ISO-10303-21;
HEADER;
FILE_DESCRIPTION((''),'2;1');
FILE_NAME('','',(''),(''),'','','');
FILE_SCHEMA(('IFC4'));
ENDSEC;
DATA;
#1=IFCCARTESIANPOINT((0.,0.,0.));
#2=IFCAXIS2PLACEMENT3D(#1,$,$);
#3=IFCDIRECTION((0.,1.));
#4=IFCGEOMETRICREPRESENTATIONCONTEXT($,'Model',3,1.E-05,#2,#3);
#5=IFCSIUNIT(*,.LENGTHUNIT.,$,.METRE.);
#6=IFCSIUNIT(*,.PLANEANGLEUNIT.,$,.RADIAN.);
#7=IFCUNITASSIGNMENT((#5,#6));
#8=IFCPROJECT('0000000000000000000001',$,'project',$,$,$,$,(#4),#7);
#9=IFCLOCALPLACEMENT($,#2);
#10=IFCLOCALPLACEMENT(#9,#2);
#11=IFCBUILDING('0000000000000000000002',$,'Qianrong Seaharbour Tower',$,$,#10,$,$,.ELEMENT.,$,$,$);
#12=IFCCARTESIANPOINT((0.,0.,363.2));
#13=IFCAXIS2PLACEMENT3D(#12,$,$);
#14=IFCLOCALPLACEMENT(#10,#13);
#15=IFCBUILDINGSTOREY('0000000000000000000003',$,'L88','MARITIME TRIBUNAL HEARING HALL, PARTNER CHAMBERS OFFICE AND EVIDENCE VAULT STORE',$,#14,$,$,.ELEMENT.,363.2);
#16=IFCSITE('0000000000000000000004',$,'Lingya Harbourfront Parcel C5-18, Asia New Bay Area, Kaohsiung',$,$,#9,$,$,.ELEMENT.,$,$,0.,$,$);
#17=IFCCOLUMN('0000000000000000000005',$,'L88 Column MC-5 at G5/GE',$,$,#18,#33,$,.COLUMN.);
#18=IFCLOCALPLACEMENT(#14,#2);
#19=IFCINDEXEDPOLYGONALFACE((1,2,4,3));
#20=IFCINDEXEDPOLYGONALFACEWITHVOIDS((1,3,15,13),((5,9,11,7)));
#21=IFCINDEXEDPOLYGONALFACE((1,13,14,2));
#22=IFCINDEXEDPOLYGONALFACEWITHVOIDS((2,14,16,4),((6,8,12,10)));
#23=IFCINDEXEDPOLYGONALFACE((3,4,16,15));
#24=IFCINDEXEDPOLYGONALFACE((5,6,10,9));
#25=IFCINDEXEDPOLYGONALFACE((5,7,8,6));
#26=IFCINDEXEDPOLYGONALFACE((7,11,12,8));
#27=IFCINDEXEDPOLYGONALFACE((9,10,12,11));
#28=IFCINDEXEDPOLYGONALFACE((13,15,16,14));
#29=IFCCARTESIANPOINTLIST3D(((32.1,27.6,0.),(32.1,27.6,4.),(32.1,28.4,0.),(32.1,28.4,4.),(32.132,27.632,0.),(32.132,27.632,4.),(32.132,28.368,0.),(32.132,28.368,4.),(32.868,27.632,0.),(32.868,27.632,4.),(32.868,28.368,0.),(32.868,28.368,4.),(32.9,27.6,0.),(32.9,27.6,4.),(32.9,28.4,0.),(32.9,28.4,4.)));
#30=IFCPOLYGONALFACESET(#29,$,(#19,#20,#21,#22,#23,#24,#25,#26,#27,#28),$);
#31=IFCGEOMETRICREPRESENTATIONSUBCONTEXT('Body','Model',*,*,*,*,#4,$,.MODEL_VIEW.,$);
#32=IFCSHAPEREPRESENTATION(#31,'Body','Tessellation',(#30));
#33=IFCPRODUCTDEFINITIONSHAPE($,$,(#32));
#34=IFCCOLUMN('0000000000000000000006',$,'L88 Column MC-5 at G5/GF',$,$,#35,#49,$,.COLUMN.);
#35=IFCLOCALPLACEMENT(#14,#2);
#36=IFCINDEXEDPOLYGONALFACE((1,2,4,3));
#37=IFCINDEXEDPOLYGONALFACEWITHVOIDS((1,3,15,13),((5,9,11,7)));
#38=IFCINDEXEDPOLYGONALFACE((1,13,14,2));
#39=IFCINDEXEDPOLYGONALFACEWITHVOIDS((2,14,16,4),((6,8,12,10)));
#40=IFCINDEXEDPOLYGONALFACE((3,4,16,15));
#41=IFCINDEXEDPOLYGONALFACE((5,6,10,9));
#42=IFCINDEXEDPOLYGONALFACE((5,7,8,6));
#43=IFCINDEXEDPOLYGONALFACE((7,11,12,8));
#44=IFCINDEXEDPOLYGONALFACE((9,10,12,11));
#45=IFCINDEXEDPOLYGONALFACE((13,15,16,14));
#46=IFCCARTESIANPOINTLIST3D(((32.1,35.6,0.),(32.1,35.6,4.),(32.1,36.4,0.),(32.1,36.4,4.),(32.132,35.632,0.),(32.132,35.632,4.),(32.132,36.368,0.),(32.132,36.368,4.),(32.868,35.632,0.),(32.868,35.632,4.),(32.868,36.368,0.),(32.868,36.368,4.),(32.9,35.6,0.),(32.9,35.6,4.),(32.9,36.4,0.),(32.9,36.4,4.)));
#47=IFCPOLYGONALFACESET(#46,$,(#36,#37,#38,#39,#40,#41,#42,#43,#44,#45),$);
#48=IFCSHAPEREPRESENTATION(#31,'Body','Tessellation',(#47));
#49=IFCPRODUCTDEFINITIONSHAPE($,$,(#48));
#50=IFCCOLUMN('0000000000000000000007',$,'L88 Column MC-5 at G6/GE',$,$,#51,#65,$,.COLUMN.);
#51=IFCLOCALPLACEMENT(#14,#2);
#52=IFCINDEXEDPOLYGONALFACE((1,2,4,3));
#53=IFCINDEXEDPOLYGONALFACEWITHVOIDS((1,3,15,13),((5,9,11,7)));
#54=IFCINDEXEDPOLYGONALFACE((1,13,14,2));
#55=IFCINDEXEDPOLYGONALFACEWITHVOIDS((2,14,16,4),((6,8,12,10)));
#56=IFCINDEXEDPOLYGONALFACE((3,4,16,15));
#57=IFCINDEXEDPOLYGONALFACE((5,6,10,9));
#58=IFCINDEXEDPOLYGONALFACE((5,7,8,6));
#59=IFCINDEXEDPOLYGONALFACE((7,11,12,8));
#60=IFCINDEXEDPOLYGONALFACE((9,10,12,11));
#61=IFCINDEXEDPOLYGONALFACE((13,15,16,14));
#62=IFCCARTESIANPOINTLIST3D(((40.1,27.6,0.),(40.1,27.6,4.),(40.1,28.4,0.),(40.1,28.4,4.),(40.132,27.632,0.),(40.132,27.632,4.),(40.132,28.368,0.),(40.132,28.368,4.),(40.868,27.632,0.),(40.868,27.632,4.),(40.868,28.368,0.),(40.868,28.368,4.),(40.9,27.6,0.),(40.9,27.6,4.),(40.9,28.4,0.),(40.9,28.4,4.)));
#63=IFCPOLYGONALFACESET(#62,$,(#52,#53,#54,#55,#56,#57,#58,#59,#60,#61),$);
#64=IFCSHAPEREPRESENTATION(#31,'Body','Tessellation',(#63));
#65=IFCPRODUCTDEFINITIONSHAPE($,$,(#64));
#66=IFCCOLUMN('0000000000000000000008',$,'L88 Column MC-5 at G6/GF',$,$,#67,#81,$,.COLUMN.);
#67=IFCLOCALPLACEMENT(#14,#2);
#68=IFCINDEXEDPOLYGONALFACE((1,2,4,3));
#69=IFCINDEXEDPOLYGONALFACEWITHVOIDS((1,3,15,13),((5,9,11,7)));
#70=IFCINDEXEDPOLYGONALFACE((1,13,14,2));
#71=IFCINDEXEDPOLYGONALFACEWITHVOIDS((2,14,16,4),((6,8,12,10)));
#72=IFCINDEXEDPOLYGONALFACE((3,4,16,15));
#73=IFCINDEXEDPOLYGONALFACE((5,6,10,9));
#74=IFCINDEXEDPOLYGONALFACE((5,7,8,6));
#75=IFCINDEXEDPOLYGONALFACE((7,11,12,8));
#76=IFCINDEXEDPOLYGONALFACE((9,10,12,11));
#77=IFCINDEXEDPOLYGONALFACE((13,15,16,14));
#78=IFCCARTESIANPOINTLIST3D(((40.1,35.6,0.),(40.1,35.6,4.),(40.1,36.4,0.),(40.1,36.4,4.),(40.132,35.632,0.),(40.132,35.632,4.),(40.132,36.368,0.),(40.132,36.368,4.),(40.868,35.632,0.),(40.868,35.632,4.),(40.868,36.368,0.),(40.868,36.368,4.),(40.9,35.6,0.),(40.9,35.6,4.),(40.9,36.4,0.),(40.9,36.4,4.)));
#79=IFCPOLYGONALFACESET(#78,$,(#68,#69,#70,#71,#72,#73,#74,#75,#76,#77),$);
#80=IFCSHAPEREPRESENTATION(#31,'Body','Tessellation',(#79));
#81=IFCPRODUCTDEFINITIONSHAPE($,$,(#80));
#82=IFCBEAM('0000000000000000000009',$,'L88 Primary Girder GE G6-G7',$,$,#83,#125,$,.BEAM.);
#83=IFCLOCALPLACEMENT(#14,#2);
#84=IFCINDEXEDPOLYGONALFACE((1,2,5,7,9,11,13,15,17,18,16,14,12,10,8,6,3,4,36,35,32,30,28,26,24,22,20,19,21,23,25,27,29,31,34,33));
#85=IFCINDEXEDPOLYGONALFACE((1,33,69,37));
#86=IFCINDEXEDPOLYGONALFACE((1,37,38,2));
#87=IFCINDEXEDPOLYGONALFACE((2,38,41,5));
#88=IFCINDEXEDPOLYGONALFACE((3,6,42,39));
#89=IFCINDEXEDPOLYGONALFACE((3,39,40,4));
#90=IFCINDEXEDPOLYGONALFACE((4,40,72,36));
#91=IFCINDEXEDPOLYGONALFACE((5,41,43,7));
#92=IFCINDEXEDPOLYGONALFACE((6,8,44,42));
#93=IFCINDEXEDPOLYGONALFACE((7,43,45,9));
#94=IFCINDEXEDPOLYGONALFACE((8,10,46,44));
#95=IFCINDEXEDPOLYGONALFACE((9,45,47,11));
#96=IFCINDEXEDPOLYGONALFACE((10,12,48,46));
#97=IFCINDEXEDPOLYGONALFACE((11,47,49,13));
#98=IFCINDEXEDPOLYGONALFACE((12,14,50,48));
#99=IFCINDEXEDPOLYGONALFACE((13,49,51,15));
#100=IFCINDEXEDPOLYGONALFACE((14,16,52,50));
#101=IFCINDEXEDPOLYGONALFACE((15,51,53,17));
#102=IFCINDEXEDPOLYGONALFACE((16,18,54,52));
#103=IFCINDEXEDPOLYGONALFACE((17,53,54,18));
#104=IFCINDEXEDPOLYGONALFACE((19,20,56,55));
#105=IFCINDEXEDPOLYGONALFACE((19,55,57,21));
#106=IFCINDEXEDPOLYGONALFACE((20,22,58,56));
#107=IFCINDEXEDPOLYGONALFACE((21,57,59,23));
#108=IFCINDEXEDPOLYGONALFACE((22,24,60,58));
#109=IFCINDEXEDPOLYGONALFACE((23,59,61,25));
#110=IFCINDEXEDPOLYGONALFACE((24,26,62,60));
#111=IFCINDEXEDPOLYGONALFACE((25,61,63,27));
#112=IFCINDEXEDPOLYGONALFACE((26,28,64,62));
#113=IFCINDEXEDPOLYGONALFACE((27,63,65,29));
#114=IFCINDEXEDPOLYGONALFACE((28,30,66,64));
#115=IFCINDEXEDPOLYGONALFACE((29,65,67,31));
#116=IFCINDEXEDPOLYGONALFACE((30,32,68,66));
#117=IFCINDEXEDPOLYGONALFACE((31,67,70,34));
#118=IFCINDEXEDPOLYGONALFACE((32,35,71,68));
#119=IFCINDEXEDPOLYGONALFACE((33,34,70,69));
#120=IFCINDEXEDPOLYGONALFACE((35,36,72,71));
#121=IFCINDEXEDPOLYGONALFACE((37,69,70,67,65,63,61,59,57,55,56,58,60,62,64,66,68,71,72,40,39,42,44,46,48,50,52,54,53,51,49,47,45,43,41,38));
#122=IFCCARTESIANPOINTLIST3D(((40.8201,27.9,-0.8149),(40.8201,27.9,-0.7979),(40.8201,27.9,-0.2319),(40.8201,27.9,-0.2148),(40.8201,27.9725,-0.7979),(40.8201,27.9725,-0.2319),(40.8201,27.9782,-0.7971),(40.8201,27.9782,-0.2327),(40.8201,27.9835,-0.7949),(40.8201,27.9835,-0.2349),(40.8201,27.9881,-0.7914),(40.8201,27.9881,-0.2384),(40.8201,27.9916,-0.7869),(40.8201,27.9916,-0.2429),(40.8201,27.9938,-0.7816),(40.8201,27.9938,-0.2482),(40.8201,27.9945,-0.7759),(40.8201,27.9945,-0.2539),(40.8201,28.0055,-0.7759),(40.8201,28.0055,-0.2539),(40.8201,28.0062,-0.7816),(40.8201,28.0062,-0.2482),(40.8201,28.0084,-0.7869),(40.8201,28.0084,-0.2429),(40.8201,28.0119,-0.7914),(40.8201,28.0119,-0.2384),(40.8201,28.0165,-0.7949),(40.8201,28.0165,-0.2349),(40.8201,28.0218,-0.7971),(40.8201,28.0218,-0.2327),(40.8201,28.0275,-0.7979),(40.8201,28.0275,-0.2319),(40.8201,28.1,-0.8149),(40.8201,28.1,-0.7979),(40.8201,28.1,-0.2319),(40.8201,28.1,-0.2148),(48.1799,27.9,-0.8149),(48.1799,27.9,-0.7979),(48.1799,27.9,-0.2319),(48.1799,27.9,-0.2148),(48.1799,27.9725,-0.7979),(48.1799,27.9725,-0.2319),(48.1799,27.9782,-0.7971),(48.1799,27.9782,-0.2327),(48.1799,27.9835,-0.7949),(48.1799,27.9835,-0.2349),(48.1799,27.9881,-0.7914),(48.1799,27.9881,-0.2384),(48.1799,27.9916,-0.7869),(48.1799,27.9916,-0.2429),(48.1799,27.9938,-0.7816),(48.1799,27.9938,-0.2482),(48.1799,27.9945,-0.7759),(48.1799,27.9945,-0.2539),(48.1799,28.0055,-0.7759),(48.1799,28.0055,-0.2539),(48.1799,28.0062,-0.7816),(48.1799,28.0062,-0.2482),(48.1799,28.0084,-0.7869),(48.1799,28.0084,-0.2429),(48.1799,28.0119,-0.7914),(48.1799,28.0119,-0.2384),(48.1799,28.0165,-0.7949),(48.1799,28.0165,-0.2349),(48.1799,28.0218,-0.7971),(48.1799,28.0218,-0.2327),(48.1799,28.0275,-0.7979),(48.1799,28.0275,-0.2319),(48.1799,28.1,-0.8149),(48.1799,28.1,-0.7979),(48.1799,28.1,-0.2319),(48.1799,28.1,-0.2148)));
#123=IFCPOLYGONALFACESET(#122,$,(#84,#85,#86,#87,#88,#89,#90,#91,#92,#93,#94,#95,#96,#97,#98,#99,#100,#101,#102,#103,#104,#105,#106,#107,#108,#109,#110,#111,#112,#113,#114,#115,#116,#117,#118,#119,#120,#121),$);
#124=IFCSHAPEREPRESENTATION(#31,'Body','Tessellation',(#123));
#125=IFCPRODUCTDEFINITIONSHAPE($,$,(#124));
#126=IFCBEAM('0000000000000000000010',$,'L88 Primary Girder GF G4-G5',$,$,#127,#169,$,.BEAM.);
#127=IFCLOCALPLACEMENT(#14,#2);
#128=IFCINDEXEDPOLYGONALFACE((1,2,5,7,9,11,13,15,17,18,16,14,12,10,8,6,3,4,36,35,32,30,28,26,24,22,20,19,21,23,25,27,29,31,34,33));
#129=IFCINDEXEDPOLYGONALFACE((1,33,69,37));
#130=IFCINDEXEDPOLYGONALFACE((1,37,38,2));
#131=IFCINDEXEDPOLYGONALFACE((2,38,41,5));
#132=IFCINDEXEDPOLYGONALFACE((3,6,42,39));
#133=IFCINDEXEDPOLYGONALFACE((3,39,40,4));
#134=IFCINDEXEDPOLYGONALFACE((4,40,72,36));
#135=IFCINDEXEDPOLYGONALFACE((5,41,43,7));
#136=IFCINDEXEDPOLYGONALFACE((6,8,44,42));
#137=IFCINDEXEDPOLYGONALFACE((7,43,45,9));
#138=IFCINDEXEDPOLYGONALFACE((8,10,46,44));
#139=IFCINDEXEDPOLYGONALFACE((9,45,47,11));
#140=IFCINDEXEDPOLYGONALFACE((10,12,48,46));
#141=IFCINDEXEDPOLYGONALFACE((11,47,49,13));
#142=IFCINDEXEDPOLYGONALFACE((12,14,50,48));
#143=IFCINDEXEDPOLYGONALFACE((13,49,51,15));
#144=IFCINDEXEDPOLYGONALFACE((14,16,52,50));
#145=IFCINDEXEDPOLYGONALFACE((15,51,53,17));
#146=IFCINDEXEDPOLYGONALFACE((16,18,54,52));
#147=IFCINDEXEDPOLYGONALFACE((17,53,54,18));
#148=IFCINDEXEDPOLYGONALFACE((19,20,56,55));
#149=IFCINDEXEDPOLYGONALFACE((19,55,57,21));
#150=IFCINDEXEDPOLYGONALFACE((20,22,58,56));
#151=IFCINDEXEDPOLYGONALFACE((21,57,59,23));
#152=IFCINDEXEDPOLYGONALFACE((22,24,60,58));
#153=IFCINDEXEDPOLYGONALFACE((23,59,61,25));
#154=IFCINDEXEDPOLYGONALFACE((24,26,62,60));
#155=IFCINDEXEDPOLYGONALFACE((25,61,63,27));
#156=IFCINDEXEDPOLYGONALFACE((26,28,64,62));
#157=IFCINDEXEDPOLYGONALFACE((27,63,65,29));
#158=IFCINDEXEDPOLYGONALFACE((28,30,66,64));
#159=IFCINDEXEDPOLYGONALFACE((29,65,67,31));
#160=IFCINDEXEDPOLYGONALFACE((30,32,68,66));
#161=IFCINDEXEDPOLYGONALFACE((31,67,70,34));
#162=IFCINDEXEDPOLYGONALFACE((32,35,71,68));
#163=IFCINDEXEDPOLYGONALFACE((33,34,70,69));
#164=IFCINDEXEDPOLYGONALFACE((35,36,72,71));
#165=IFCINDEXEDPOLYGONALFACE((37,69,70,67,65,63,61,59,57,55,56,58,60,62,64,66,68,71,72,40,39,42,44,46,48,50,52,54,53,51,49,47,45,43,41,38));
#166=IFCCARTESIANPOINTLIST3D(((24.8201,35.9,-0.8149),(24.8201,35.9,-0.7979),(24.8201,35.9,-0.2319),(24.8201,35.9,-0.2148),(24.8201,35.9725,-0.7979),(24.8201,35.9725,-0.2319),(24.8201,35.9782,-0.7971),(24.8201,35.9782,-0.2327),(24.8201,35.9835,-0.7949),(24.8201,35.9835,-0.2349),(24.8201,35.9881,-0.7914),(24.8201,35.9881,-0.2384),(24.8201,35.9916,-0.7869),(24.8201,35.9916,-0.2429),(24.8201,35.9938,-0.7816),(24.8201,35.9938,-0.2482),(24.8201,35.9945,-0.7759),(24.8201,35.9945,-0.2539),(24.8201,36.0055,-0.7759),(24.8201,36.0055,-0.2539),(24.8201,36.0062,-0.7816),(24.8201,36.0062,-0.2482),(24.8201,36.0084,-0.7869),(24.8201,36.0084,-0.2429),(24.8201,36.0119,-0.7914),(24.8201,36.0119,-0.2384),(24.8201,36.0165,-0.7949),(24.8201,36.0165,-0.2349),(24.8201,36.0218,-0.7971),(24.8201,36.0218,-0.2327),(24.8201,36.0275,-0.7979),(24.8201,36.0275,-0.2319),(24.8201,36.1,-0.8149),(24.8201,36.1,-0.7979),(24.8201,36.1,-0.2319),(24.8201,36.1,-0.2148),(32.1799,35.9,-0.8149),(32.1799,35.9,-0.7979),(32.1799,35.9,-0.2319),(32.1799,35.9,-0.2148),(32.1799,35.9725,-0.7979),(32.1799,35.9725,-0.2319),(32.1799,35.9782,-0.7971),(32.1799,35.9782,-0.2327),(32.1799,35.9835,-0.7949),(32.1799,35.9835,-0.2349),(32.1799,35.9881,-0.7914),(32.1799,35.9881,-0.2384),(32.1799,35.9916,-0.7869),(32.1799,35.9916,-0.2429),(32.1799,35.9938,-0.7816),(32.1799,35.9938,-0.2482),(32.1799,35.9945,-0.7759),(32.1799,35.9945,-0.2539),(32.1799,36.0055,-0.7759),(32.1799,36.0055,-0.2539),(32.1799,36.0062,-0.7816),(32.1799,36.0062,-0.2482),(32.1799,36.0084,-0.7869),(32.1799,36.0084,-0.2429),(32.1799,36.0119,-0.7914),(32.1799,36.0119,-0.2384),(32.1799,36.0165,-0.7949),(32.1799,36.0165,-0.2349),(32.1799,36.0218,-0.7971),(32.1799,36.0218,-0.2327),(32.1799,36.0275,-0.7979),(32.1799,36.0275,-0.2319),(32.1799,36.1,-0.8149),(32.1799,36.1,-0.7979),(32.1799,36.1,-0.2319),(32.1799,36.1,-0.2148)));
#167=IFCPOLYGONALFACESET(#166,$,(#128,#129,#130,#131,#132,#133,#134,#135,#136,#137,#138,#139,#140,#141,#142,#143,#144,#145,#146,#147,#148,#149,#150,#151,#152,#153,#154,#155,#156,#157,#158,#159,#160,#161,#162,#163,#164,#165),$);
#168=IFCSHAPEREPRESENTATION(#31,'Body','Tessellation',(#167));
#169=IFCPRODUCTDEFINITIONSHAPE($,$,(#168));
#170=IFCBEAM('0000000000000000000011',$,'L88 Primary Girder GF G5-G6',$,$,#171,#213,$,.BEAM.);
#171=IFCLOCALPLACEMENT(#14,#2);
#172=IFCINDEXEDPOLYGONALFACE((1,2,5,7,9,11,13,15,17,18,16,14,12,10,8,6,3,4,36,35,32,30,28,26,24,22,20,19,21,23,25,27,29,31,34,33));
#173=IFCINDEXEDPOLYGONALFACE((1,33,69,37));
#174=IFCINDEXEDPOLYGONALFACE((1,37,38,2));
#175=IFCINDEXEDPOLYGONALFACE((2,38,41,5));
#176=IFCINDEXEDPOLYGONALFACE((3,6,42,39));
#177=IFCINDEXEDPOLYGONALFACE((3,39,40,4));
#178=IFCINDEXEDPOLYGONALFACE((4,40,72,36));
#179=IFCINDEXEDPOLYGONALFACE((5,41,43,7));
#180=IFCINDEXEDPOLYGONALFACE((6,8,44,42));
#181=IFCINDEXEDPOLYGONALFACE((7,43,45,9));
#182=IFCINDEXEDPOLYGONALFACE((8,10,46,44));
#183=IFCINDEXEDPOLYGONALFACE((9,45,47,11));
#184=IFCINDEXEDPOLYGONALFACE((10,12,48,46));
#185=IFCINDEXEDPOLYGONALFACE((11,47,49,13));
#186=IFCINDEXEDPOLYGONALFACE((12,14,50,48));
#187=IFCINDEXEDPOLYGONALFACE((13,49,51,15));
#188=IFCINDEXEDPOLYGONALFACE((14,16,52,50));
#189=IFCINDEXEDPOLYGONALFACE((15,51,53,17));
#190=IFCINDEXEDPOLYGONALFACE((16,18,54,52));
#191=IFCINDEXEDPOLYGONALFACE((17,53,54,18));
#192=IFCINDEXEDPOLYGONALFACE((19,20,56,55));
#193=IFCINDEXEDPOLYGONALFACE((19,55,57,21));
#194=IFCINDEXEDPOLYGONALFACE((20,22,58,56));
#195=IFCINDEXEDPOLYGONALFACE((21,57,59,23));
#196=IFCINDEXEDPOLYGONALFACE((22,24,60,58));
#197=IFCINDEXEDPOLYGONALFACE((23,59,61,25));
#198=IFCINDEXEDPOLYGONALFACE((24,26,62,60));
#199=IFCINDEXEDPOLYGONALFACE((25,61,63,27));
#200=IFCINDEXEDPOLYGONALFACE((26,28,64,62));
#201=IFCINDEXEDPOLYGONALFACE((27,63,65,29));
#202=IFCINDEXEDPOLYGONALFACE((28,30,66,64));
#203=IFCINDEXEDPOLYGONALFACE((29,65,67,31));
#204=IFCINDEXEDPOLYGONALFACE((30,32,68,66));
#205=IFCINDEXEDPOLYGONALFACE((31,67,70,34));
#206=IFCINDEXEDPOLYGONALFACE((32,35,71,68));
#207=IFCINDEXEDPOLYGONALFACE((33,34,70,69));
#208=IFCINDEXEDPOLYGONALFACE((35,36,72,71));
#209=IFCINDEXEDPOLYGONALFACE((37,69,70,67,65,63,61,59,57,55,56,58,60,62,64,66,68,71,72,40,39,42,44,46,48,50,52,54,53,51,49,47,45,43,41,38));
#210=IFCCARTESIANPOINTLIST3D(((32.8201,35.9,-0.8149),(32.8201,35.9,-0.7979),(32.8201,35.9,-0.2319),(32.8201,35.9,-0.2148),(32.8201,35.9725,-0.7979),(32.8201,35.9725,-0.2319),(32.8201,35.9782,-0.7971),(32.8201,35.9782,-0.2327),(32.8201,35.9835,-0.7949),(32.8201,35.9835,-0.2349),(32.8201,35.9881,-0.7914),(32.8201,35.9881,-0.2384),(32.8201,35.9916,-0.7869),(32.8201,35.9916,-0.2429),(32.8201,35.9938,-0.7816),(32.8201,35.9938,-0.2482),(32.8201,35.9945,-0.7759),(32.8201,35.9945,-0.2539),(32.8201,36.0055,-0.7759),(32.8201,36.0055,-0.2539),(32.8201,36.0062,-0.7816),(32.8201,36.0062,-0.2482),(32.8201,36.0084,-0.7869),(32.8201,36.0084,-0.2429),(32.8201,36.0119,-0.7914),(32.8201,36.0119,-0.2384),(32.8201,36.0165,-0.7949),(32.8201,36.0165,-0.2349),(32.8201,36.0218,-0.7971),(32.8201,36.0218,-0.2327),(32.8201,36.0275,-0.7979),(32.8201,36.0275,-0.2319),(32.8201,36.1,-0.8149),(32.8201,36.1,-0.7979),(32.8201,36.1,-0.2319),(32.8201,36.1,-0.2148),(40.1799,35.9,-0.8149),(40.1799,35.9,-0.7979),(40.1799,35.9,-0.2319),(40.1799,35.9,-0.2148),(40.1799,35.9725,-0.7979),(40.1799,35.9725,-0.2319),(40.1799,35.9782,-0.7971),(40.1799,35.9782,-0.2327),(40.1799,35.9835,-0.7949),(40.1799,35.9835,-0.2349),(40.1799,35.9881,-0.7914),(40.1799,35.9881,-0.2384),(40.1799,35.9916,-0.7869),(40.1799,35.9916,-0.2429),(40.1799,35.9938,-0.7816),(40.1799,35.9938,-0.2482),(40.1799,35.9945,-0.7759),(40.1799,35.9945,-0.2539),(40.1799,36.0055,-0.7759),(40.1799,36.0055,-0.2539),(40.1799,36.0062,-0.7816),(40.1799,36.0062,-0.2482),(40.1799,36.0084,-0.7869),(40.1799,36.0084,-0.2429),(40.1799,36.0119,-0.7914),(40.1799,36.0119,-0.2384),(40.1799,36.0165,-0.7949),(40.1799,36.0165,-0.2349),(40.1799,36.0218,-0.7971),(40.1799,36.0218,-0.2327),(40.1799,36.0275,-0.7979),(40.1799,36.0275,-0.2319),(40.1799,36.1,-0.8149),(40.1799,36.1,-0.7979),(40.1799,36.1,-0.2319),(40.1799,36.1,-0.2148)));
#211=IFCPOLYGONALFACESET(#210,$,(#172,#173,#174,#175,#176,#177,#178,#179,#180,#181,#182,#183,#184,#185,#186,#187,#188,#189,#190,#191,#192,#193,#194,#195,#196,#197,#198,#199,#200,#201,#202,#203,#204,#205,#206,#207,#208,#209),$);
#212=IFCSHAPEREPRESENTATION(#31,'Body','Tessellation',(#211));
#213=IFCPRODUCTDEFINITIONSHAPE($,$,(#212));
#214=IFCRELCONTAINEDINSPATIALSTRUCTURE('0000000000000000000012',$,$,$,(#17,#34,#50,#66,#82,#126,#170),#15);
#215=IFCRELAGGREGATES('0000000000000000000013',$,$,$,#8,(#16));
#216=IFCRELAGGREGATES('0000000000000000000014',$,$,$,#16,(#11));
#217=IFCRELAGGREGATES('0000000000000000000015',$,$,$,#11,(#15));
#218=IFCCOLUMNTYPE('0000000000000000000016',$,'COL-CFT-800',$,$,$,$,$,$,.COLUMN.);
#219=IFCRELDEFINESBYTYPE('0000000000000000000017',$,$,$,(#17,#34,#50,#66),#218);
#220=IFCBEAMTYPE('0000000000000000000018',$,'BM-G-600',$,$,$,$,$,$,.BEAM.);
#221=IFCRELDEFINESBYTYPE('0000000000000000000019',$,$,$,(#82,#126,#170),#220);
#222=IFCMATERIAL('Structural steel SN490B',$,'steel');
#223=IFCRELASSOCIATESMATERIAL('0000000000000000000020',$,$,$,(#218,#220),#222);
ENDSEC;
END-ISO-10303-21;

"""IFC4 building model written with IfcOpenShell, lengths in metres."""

from ifc_helpers import new_model, si_unit, direction, frame, origin, origin_2d, place, context, subcontext, project, spatial, hollow_rectangle, i_section, extrude, material, material_profile, profile_set, type_object, element, save


model = new_model("IFC4")

# Units and contexts
model_context = context("Model", 3, precision=1e-05, world=origin(), true_north=direction((0.0, 1.0)))
body_context = subcontext(model_context, "Body", "Model", "MODEL_VIEW")
ifc_project = project(units=[si_unit("LENGTHUNIT", "METRE"), si_unit("PLANEANGLEUNIT", "RADIAN")], contexts=[model_context])

# Site, building, storey
site_placement = place(None, origin())
site = spatial("IfcSite", under=ifc_project, at=site_placement, Name="Lingya Harbourfront Parcel C5-18, Asia New Bay Area, Kaohsiung", CompositionType="ELEMENT", RefElevation=0.0)
building_placement = place(site_placement, origin())
building = spatial("IfcBuilding", under=site, at=building_placement, Name="Qianrong Seaharbour Tower", CompositionType="ELEMENT")
storey_placement = place(building_placement, frame((0.0, 0.0, 363.2)))
storey = spatial("IfcBuildingStorey", under=building, at=storey_placement, Name="L88", Description="MARITIME TRIBUNAL HEARING HALL, PARTNER CHAMBERS OFFICE AND EVIDENCE VAULT STORE", CompositionType="ELEMENT", Elevation=363.2)

# Columns
ifc_material_1 = material(Name="Structural steel SN490B", Category="steel")
ifc_material_profile_1 = material_profile(ifc_material_1, hollow_rectangle(XDim=0.8, YDim=0.8, WallThickness=0.032, at=origin_2d()), Name="BOX800x800x32")
ifc_profile_set_1 = profile_set([ifc_material_profile_1], Name="Structural steel SN490B")
column_type = type_object("IfcColumnType", Name="COL-CFT-800", PredefinedType="COLUMN", material=ifc_profile_set_1)
for number, where, z_axis, x_axis, name in (
    (1, (32.5, 28.0, 0.0), (0.0, 0.0, 1.0), (1.0, 0.0, 0.0), "L88 Column MC-5 at G5/GE"),
    (2, (32.5, 36.0, 0.0), (0.0, 0.0, 1.0), (1.0, 0.0, 0.0), "L88 Column MC-5 at G5/GF"),
    (3, (40.5, 28.0, 0.0), (0.0, 0.0, 1.0), (1.0, 0.0, 0.0), "L88 Column MC-5 at G6/GE"),
    (4, (40.5, 36.0, 0.0), (0.0, 0.0, 1.0), (1.0, 0.0, 0.0), "L88 Column MC-5 at G6/GF"),
):
    element("IfcColumn", number, at=place(storey_placement, frame(where, z_axis=z_axis, x_axis=x_axis)), inside=storey, type_object=column_type, Name=name, PredefinedType="COLUMN", context=body_context, shape_type="SweptSolid", body=[
        extrude(hollow_rectangle(XDim=0.8, YDim=0.8, WallThickness=0.032, at=origin_2d()), origin(), (0.0, 0.0, 1.0), 4.0),
    ])

# Beams
ifc_material_profile_2 = material_profile(ifc_material_1, i_section(OverallWidth=0.2, OverallDepth=0.6001, WebThickness=0.011, FlangeThickness=0.0171, FilletRadius=0.022, at=origin_2d()), Name="H600x200x11x17")
ifc_profile_set_2 = profile_set([ifc_material_profile_2], Name="Structural steel SN490B")
beam_type_1 = type_object("IfcBeamType", Name="BM-G-600", PredefinedType="BEAM", material=ifc_profile_set_2)
for number, where, z_axis, x_axis, name in (
    (5, (40.8201, 28.0, -0.5149), (1.0, 0.0, 0.0), (0.0, 1.0, 0.0), "L88 Primary Girder GE G6-G7"),
    (6, (24.8201, 36.0, -0.5149), (1.0, 0.0, 0.0), (0.0, 1.0, 0.0), "L88 Primary Girder GF G4-G5"),
    (7, (32.8201, 36.0, -0.5149), (1.0, 0.0, 0.0), (0.0, 1.0, 0.0), "L88 Primary Girder GF G5-G6"),
):
    element("IfcBeam", number, at=place(storey_placement, frame(where, z_axis=z_axis, x_axis=x_axis)), inside=storey, type_object=beam_type_1, Name=name, PredefinedType="BEAM", context=body_context, shape_type="SweptSolid", body=[
        extrude(i_section(OverallWidth=0.2, OverallDepth=0.6001, WebThickness=0.011, FlangeThickness=0.0171, FilletRadius=0.022, at=origin_2d()), origin(), (0.0, 0.0, 1.0), 7.3599),
    ])

save(model, "model.ifc")
